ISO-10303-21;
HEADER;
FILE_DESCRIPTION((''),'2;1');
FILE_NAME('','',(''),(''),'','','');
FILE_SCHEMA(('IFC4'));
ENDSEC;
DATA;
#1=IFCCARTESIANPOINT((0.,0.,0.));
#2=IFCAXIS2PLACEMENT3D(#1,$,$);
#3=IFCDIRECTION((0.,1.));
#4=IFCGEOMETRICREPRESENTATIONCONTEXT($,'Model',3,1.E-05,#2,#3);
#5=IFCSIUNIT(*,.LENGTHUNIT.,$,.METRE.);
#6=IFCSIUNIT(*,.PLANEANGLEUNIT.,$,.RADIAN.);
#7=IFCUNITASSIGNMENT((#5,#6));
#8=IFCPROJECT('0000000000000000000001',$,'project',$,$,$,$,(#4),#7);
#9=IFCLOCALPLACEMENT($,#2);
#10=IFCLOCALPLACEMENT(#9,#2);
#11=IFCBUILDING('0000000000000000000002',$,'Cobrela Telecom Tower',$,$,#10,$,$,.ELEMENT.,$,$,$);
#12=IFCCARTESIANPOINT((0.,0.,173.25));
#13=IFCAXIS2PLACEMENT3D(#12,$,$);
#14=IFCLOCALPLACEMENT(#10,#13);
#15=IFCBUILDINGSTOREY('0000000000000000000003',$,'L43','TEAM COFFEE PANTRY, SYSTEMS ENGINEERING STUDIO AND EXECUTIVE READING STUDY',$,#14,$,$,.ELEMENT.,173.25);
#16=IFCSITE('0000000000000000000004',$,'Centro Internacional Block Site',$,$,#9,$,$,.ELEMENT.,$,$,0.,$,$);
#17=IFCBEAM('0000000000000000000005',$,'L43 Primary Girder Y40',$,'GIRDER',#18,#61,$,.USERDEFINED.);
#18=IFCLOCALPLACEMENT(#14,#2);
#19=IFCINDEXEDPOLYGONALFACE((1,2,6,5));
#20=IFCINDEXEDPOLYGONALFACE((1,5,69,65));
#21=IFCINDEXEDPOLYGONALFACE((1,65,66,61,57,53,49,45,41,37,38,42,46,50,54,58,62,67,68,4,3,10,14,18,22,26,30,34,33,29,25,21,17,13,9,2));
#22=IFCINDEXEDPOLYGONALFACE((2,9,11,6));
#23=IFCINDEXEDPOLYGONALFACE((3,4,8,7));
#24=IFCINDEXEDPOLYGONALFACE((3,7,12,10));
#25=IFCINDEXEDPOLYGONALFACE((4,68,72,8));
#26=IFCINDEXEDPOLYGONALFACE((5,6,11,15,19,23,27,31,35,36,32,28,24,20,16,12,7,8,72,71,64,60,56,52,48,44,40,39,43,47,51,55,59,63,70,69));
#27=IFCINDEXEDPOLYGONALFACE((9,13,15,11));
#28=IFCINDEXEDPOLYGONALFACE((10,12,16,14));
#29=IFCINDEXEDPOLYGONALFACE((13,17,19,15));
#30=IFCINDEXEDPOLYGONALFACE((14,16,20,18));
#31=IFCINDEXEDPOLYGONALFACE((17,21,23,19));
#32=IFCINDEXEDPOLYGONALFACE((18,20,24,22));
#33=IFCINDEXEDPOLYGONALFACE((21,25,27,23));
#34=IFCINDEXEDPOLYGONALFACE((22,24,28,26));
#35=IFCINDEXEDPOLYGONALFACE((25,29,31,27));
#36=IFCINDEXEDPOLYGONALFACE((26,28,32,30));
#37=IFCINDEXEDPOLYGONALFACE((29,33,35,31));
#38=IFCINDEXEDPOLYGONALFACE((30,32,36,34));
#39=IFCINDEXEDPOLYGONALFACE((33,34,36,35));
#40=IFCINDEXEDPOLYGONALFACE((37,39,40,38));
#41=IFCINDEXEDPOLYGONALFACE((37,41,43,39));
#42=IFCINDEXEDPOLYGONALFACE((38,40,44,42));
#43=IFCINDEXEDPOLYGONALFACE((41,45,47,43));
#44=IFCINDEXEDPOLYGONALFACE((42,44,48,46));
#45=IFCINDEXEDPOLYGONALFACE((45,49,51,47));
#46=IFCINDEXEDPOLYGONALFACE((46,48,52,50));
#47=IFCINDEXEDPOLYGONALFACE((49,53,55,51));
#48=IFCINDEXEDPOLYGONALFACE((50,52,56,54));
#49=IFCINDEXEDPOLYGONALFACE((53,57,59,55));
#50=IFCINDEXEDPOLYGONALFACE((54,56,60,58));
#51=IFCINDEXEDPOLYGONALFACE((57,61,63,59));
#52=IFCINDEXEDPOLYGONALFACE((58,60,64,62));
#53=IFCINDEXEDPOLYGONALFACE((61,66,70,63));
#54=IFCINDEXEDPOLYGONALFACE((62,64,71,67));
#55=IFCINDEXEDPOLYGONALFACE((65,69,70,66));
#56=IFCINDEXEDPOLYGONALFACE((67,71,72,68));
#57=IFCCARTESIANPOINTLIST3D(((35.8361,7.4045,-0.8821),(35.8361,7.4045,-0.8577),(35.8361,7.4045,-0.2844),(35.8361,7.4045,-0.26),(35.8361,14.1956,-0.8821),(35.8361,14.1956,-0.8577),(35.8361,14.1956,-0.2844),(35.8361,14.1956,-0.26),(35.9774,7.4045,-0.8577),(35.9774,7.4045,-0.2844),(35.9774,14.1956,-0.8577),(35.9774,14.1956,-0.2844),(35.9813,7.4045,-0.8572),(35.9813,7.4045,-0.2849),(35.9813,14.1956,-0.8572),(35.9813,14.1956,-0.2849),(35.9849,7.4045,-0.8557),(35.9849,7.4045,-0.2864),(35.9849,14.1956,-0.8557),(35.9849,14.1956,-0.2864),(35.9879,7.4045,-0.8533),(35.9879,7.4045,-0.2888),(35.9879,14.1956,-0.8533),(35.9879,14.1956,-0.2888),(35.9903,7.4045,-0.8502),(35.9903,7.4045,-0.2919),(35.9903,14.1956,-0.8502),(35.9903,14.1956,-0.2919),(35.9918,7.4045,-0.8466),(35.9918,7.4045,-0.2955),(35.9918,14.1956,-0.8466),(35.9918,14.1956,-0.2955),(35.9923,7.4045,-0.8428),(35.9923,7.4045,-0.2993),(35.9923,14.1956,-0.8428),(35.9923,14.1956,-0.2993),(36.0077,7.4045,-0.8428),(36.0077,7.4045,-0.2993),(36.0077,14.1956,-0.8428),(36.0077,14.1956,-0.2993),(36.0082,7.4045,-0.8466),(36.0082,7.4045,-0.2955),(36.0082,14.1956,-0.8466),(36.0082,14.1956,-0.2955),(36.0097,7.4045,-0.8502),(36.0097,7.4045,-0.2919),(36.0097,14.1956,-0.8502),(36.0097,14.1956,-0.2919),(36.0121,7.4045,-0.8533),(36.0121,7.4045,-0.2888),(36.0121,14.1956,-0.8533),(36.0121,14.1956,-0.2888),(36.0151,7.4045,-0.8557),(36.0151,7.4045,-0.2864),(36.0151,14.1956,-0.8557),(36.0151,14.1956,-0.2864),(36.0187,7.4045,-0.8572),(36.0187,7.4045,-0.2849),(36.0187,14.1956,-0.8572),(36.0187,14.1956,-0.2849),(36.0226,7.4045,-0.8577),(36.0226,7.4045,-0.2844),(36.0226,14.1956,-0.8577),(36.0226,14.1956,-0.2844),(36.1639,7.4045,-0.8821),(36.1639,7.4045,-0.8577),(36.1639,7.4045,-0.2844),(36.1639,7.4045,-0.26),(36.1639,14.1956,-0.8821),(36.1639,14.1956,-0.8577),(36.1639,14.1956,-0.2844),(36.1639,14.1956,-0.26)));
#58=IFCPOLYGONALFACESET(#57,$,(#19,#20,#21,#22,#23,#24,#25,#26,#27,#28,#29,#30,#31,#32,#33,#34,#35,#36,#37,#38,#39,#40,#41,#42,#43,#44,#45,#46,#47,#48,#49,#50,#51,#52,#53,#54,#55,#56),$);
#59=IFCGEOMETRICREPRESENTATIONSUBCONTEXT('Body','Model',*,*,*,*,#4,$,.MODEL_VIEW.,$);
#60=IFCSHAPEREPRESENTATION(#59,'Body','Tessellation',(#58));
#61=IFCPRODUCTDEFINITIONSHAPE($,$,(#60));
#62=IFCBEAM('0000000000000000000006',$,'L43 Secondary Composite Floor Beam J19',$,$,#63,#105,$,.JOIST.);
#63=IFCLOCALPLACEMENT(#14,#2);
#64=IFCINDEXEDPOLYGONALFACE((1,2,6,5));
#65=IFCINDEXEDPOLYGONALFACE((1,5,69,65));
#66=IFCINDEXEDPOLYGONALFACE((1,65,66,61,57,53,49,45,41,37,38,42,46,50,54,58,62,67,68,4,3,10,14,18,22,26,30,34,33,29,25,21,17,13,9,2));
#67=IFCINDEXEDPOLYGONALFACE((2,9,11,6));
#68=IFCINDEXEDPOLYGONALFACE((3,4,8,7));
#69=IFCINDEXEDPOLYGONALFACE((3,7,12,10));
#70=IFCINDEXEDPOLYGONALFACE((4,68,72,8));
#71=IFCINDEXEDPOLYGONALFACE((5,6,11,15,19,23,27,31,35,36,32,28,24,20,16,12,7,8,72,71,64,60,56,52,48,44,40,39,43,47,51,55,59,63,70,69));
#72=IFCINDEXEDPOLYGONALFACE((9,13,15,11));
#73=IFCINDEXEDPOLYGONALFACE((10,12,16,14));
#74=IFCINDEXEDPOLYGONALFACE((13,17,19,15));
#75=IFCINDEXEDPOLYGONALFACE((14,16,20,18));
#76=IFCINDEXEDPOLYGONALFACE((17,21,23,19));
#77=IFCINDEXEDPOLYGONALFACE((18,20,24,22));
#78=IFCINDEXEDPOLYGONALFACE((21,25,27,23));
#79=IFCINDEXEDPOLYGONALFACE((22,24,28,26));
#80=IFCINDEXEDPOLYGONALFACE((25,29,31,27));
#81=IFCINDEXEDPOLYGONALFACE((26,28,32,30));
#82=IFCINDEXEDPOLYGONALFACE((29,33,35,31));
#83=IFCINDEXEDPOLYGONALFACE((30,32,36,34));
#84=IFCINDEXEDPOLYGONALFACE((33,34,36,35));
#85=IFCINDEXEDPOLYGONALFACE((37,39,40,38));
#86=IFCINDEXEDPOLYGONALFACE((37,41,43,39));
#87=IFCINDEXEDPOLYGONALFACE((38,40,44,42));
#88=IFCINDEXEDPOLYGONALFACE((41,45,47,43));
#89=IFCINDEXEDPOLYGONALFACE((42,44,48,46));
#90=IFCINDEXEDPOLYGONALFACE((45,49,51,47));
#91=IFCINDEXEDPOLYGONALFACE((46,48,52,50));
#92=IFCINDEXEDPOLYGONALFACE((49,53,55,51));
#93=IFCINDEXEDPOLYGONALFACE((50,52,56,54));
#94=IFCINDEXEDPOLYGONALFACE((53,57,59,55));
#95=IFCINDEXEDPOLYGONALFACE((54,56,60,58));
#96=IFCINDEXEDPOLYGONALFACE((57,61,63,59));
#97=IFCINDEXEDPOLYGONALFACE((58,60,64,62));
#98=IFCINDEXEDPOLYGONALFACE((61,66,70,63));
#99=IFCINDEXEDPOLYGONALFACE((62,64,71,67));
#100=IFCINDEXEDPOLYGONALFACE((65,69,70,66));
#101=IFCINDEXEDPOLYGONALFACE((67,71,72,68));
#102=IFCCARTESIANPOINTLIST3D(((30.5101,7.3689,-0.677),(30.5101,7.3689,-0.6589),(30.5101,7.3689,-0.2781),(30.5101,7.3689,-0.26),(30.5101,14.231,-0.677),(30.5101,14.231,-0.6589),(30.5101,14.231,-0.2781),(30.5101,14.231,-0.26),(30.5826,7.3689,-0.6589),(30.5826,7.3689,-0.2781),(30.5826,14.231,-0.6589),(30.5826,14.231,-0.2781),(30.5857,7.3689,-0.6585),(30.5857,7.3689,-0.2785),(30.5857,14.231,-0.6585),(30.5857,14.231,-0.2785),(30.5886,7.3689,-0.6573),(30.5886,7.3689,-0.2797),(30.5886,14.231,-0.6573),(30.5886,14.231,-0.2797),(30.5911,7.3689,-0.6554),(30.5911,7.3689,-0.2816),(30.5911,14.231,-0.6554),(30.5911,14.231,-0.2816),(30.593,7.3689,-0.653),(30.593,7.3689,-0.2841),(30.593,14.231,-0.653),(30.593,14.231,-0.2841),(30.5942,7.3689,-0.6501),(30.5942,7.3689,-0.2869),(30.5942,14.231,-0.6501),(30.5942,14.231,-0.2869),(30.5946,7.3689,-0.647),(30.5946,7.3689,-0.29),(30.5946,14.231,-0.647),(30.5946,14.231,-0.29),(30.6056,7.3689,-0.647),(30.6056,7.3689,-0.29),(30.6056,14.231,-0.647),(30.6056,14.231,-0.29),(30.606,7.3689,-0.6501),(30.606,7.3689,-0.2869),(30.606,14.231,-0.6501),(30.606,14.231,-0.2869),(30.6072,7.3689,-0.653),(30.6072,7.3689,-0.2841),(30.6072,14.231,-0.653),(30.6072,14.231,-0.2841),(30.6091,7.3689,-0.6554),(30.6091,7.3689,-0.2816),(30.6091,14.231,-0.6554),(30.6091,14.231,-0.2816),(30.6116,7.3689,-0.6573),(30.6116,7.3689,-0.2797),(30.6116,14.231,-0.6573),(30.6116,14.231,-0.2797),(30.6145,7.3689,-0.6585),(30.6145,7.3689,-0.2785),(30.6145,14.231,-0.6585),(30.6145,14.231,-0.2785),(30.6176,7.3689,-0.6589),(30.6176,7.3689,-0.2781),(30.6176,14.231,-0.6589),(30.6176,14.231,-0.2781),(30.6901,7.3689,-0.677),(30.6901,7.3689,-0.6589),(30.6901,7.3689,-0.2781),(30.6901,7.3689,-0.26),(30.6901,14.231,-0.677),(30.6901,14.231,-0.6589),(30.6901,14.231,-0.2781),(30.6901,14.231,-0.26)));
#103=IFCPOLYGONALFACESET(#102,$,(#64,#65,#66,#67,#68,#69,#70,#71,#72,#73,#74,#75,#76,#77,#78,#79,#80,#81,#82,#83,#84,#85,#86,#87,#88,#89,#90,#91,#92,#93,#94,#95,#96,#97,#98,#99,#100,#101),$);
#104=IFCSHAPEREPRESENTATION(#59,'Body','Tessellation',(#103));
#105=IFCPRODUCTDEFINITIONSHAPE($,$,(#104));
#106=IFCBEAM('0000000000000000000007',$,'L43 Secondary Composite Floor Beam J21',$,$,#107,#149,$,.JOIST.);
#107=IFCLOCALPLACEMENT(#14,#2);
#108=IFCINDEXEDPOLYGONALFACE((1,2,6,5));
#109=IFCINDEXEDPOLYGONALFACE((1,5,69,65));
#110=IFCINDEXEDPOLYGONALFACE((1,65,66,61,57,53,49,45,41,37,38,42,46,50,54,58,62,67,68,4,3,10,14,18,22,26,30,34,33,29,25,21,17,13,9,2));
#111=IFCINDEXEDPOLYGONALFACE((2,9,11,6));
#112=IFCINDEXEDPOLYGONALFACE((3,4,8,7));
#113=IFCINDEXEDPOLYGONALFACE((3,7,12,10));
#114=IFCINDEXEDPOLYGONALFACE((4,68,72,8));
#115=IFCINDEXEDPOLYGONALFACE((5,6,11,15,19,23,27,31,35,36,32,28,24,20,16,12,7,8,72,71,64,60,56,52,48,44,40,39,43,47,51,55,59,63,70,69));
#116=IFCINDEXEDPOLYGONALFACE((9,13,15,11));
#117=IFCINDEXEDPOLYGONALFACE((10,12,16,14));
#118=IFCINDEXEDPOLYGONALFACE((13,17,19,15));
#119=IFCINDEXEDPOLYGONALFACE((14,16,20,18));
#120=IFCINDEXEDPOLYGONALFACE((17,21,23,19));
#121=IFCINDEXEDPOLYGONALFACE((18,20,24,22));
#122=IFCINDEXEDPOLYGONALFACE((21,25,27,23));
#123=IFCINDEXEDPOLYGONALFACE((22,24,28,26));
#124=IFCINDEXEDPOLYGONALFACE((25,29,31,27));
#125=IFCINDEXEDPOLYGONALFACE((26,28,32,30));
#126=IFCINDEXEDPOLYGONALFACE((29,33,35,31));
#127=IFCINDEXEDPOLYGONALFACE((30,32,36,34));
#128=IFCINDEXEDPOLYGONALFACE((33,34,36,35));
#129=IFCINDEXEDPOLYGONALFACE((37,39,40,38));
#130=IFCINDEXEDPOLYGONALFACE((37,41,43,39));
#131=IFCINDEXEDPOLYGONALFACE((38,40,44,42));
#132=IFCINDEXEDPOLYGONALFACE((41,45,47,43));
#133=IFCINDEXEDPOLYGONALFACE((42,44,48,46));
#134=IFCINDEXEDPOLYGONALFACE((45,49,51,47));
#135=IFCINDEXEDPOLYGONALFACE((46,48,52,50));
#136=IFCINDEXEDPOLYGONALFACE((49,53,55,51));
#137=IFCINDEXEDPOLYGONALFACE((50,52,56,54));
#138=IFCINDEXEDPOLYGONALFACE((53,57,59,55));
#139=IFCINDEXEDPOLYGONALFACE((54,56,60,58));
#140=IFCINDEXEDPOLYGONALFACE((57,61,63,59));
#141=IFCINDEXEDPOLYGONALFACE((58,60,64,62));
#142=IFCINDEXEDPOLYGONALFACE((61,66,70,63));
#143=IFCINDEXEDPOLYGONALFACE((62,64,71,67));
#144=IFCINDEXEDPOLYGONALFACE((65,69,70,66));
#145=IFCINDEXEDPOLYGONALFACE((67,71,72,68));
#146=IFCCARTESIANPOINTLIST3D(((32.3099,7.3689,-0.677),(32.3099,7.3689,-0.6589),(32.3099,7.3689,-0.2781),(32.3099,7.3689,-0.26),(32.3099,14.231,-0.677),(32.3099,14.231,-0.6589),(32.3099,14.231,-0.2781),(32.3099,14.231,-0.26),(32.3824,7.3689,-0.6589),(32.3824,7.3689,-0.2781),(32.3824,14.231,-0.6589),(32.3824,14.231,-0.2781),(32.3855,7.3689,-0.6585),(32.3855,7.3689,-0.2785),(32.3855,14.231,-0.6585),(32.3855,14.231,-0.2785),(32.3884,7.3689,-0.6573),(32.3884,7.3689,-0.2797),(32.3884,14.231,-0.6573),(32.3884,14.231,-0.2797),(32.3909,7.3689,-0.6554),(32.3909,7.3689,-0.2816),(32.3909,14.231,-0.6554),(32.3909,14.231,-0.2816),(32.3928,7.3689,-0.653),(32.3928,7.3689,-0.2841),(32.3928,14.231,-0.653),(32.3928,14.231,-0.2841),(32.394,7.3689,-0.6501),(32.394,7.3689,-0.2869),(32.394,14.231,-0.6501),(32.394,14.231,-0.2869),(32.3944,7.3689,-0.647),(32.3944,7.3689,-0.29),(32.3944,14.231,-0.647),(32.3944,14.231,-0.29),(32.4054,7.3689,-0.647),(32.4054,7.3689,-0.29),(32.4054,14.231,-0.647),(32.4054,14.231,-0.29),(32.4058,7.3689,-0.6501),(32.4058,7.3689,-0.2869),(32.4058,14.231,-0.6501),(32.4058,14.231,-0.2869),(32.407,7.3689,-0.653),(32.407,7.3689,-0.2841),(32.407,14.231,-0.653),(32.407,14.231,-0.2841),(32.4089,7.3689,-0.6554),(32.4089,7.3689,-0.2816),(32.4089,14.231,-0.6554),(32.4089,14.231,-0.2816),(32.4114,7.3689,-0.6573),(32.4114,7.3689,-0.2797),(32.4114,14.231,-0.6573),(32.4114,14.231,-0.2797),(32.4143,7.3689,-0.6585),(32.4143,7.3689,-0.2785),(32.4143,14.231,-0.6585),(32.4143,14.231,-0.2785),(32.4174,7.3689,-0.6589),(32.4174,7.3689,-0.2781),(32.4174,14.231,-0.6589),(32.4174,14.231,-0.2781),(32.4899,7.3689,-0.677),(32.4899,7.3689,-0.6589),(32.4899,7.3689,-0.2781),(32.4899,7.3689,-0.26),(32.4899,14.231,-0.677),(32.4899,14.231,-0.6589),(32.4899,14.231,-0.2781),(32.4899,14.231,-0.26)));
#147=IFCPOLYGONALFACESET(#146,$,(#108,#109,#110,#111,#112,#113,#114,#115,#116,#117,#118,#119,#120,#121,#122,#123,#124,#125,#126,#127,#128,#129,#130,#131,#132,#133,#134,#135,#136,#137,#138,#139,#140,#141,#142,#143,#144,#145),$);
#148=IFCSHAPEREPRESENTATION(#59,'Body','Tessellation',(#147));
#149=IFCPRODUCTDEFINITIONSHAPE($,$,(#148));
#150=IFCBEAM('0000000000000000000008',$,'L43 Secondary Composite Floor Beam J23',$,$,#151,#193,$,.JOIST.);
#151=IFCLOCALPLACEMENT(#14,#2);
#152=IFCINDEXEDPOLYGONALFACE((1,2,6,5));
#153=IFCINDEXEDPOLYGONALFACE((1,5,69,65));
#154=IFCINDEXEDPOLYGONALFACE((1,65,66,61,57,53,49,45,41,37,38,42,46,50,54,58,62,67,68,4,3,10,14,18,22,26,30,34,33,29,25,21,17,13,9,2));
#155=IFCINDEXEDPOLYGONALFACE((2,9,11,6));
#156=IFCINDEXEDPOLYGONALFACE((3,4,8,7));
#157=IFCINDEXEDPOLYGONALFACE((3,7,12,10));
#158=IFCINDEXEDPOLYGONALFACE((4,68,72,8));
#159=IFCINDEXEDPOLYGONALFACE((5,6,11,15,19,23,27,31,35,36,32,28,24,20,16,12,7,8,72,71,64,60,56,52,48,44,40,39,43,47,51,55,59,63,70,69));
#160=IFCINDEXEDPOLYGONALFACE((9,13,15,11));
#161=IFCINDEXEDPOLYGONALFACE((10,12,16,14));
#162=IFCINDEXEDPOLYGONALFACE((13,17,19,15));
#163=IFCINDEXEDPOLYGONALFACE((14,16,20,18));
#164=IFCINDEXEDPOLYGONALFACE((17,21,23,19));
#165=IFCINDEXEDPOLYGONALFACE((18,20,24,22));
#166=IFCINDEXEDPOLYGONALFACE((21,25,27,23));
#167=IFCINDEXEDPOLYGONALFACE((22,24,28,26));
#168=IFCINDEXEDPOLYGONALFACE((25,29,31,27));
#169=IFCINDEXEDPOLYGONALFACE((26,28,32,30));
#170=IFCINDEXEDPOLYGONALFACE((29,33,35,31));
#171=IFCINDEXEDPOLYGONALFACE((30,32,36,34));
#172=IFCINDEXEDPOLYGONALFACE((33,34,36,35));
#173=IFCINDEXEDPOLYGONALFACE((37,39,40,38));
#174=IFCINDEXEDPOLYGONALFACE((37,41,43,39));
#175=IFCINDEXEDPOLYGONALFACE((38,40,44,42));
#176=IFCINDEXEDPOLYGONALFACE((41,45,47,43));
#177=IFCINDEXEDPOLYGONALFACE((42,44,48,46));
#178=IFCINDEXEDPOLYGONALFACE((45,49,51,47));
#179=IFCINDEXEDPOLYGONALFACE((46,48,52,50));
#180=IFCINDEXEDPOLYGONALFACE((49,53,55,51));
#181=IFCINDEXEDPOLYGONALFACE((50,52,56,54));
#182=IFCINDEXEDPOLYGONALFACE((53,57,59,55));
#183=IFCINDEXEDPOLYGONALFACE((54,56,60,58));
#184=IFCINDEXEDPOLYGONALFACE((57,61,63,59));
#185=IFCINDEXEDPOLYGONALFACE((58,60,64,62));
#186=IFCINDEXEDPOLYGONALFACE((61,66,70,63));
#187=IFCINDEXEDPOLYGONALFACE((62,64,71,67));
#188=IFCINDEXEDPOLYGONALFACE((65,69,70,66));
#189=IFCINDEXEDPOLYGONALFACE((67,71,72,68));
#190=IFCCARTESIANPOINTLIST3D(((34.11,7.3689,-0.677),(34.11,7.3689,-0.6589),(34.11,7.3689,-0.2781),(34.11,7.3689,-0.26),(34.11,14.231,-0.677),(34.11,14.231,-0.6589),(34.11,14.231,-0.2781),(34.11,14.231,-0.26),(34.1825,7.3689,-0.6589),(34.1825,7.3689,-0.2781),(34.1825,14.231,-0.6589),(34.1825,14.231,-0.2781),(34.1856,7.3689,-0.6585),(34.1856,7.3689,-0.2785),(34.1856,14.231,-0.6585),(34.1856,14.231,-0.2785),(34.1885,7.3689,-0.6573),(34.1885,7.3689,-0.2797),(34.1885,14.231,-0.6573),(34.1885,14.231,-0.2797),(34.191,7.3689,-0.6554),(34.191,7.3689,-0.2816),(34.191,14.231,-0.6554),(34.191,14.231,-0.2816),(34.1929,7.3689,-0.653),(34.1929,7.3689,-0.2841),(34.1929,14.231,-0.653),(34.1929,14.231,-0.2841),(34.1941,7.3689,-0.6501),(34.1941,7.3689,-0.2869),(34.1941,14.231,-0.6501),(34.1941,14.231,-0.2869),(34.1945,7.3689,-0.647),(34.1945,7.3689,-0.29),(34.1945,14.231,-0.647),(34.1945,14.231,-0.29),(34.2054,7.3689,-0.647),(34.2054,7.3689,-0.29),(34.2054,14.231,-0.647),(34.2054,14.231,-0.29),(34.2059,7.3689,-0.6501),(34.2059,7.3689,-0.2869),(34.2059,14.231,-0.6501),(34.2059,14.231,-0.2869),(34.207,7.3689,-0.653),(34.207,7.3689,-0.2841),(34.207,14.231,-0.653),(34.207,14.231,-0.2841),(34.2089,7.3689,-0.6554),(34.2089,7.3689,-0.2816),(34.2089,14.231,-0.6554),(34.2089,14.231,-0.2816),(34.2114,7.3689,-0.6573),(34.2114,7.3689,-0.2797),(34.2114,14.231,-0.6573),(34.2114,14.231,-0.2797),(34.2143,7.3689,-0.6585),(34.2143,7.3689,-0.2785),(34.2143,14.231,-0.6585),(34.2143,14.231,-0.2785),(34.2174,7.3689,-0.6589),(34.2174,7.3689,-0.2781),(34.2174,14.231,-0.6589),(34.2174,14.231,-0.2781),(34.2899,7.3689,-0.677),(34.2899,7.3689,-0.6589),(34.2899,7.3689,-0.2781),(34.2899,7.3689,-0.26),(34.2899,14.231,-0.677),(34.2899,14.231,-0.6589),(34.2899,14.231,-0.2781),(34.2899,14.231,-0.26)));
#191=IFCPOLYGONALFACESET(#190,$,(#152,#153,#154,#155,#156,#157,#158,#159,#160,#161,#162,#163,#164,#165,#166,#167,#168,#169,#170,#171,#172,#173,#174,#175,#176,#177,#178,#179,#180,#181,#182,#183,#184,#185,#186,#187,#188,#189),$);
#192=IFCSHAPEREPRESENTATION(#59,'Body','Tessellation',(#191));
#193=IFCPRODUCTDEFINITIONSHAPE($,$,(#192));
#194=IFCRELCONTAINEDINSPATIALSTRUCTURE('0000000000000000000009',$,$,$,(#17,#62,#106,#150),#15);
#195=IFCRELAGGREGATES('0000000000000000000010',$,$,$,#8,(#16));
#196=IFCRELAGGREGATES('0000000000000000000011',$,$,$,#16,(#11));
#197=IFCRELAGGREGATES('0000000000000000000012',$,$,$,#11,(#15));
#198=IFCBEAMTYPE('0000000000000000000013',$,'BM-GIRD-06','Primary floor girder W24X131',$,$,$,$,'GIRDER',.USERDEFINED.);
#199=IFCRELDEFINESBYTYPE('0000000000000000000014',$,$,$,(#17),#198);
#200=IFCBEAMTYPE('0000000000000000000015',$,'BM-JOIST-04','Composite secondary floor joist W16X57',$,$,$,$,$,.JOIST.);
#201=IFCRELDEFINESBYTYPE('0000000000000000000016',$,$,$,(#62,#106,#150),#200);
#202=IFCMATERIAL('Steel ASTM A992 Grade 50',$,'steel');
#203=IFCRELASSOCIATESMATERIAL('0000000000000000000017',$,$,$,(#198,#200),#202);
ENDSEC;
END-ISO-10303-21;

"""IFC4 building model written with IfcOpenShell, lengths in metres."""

from ifc_helpers import new_model, si_unit, direction, frame, origin, origin_2d, place, context, subcontext, project, spatial, i_section, extrude, material, material_profile, profile_set, type_object, element, save


model = new_model("IFC4")

# Units and contexts
model_context = context("Model", 3, precision=1e-05, world=origin(), true_north=direction((0.0, 1.0)))
body_context = subcontext(model_context, "Body", "Model", "MODEL_VIEW")
ifc_project = project(units=[si_unit("LENGTHUNIT", "METRE"), si_unit("PLANEANGLEUNIT", "RADIAN")], contexts=[model_context])

# Site, building, storey
site_placement = place(None, origin())
site = spatial("IfcSite", under=ifc_project, at=site_placement, Name="Centro Internacional Block Site", CompositionType="ELEMENT", RefElevation=0.0)
building_placement = place(site_placement, origin())
building = spatial("IfcBuilding", under=site, at=building_placement, Name="Cobrela Telecom Tower", CompositionType="ELEMENT")
storey_placement = place(building_placement, frame((0.0, 0.0, 173.25)))
storey = spatial("IfcBuildingStorey", under=building, at=storey_placement, Name="L43", Description="TEAM COFFEE PANTRY, SYSTEMS ENGINEERING STUDIO AND EXECUTIVE READING STUDY", CompositionType="ELEMENT", Elevation=173.25)

# Shared definitions
ifc_material_1 = material(Name="Steel ASTM A992 Grade 50", Category="steel")

# Beams
ifc_material_profile_1 = material_profile(ifc_material_1, i_section(OverallWidth=0.3279, OverallDepth=0.6221, WebThickness=0.0154, FlangeThickness=0.0244, FilletRadius=0.0149, at=origin_2d()), Name="W24X131")
ifc_profile_set_1 = profile_set([ifc_material_profile_1], Name="Steel ASTM A992 Grade 50")
beam_type_1 = type_object("IfcBeamType", Name="BM-GIRD-06", Description="Primary floor girder W24X131", ElementType="GIRDER", PredefinedType="USERDEFINED", material=ifc_profile_set_1)
beam_1_placement = place(storey_placement, frame((36.0, 7.4045, -0.571), z_axis=(0.0, 1.0, 0.0), x_axis=(-1.0, 0.0, 0.0)))
element("IfcBeam", 1, at=beam_1_placement, inside=storey, type_object=beam_type_1, Name="L43 Primary Girder Y40", ObjectType="GIRDER", PredefinedType="USERDEFINED", context=body_context, shape_type="SweptSolid", body=[
    extrude(i_section(OverallWidth=0.3279, OverallDepth=0.6221, WebThickness=0.0154, FlangeThickness=0.0244, FilletRadius=0.0149, at=origin_2d()), origin(), (0.0, 0.0, 1.0), 6.791),
])
ifc_material_profile_2 = material_profile(ifc_material_1, i_section(OverallWidth=0.1799, OverallDepth=0.417, WebThickness=0.011, FlangeThickness=0.0181, FilletRadius=0.012, at=origin_2d()), Name="W16X57")
ifc_profile_set_2 = profile_set([ifc_material_profile_2], Name="Steel ASTM A992 Grade 50")
beam_type_2 = type_object("IfcBeamType", Name="BM-JOIST-04", Description="Composite secondary floor joist W16X57", PredefinedType="JOIST", material=ifc_profile_set_2)
for number, where, z_axis, x_axis, name in (
    (2, (30.6001, 7.3689, -0.4685), (0.0, 1.0, 0.0), (-1.0, 0.0, 0.0), "L43 Secondary Composite Floor Beam J19"),
    (3, (32.3999, 7.3689, -0.4685), (0.0, 1.0, 0.0), (-1.0, 0.0, 0.0), "L43 Secondary Composite Floor Beam J21"),
    (4, (34.2, 7.3689, -0.4685), (0.0, 1.0, 0.0), (-1.0, 0.0, 0.0), "L43 Secondary Composite Floor Beam J23"),
):
    element("IfcBeam", number, at=place(storey_placement, frame(where, z_axis=z_axis, x_axis=x_axis)), inside=storey, type_object=beam_type_2, Name=name, PredefinedType="JOIST", context=body_context, shape_type="SweptSolid", body=[
        extrude(i_section(OverallWidth=0.1799, OverallDepth=0.417, WebThickness=0.011, FlangeThickness=0.0181, FilletRadius=0.012, at=origin_2d()), origin(), (0.0, 0.0, 1.0), 6.8621),
    ])

save(model, "model.ifc")
